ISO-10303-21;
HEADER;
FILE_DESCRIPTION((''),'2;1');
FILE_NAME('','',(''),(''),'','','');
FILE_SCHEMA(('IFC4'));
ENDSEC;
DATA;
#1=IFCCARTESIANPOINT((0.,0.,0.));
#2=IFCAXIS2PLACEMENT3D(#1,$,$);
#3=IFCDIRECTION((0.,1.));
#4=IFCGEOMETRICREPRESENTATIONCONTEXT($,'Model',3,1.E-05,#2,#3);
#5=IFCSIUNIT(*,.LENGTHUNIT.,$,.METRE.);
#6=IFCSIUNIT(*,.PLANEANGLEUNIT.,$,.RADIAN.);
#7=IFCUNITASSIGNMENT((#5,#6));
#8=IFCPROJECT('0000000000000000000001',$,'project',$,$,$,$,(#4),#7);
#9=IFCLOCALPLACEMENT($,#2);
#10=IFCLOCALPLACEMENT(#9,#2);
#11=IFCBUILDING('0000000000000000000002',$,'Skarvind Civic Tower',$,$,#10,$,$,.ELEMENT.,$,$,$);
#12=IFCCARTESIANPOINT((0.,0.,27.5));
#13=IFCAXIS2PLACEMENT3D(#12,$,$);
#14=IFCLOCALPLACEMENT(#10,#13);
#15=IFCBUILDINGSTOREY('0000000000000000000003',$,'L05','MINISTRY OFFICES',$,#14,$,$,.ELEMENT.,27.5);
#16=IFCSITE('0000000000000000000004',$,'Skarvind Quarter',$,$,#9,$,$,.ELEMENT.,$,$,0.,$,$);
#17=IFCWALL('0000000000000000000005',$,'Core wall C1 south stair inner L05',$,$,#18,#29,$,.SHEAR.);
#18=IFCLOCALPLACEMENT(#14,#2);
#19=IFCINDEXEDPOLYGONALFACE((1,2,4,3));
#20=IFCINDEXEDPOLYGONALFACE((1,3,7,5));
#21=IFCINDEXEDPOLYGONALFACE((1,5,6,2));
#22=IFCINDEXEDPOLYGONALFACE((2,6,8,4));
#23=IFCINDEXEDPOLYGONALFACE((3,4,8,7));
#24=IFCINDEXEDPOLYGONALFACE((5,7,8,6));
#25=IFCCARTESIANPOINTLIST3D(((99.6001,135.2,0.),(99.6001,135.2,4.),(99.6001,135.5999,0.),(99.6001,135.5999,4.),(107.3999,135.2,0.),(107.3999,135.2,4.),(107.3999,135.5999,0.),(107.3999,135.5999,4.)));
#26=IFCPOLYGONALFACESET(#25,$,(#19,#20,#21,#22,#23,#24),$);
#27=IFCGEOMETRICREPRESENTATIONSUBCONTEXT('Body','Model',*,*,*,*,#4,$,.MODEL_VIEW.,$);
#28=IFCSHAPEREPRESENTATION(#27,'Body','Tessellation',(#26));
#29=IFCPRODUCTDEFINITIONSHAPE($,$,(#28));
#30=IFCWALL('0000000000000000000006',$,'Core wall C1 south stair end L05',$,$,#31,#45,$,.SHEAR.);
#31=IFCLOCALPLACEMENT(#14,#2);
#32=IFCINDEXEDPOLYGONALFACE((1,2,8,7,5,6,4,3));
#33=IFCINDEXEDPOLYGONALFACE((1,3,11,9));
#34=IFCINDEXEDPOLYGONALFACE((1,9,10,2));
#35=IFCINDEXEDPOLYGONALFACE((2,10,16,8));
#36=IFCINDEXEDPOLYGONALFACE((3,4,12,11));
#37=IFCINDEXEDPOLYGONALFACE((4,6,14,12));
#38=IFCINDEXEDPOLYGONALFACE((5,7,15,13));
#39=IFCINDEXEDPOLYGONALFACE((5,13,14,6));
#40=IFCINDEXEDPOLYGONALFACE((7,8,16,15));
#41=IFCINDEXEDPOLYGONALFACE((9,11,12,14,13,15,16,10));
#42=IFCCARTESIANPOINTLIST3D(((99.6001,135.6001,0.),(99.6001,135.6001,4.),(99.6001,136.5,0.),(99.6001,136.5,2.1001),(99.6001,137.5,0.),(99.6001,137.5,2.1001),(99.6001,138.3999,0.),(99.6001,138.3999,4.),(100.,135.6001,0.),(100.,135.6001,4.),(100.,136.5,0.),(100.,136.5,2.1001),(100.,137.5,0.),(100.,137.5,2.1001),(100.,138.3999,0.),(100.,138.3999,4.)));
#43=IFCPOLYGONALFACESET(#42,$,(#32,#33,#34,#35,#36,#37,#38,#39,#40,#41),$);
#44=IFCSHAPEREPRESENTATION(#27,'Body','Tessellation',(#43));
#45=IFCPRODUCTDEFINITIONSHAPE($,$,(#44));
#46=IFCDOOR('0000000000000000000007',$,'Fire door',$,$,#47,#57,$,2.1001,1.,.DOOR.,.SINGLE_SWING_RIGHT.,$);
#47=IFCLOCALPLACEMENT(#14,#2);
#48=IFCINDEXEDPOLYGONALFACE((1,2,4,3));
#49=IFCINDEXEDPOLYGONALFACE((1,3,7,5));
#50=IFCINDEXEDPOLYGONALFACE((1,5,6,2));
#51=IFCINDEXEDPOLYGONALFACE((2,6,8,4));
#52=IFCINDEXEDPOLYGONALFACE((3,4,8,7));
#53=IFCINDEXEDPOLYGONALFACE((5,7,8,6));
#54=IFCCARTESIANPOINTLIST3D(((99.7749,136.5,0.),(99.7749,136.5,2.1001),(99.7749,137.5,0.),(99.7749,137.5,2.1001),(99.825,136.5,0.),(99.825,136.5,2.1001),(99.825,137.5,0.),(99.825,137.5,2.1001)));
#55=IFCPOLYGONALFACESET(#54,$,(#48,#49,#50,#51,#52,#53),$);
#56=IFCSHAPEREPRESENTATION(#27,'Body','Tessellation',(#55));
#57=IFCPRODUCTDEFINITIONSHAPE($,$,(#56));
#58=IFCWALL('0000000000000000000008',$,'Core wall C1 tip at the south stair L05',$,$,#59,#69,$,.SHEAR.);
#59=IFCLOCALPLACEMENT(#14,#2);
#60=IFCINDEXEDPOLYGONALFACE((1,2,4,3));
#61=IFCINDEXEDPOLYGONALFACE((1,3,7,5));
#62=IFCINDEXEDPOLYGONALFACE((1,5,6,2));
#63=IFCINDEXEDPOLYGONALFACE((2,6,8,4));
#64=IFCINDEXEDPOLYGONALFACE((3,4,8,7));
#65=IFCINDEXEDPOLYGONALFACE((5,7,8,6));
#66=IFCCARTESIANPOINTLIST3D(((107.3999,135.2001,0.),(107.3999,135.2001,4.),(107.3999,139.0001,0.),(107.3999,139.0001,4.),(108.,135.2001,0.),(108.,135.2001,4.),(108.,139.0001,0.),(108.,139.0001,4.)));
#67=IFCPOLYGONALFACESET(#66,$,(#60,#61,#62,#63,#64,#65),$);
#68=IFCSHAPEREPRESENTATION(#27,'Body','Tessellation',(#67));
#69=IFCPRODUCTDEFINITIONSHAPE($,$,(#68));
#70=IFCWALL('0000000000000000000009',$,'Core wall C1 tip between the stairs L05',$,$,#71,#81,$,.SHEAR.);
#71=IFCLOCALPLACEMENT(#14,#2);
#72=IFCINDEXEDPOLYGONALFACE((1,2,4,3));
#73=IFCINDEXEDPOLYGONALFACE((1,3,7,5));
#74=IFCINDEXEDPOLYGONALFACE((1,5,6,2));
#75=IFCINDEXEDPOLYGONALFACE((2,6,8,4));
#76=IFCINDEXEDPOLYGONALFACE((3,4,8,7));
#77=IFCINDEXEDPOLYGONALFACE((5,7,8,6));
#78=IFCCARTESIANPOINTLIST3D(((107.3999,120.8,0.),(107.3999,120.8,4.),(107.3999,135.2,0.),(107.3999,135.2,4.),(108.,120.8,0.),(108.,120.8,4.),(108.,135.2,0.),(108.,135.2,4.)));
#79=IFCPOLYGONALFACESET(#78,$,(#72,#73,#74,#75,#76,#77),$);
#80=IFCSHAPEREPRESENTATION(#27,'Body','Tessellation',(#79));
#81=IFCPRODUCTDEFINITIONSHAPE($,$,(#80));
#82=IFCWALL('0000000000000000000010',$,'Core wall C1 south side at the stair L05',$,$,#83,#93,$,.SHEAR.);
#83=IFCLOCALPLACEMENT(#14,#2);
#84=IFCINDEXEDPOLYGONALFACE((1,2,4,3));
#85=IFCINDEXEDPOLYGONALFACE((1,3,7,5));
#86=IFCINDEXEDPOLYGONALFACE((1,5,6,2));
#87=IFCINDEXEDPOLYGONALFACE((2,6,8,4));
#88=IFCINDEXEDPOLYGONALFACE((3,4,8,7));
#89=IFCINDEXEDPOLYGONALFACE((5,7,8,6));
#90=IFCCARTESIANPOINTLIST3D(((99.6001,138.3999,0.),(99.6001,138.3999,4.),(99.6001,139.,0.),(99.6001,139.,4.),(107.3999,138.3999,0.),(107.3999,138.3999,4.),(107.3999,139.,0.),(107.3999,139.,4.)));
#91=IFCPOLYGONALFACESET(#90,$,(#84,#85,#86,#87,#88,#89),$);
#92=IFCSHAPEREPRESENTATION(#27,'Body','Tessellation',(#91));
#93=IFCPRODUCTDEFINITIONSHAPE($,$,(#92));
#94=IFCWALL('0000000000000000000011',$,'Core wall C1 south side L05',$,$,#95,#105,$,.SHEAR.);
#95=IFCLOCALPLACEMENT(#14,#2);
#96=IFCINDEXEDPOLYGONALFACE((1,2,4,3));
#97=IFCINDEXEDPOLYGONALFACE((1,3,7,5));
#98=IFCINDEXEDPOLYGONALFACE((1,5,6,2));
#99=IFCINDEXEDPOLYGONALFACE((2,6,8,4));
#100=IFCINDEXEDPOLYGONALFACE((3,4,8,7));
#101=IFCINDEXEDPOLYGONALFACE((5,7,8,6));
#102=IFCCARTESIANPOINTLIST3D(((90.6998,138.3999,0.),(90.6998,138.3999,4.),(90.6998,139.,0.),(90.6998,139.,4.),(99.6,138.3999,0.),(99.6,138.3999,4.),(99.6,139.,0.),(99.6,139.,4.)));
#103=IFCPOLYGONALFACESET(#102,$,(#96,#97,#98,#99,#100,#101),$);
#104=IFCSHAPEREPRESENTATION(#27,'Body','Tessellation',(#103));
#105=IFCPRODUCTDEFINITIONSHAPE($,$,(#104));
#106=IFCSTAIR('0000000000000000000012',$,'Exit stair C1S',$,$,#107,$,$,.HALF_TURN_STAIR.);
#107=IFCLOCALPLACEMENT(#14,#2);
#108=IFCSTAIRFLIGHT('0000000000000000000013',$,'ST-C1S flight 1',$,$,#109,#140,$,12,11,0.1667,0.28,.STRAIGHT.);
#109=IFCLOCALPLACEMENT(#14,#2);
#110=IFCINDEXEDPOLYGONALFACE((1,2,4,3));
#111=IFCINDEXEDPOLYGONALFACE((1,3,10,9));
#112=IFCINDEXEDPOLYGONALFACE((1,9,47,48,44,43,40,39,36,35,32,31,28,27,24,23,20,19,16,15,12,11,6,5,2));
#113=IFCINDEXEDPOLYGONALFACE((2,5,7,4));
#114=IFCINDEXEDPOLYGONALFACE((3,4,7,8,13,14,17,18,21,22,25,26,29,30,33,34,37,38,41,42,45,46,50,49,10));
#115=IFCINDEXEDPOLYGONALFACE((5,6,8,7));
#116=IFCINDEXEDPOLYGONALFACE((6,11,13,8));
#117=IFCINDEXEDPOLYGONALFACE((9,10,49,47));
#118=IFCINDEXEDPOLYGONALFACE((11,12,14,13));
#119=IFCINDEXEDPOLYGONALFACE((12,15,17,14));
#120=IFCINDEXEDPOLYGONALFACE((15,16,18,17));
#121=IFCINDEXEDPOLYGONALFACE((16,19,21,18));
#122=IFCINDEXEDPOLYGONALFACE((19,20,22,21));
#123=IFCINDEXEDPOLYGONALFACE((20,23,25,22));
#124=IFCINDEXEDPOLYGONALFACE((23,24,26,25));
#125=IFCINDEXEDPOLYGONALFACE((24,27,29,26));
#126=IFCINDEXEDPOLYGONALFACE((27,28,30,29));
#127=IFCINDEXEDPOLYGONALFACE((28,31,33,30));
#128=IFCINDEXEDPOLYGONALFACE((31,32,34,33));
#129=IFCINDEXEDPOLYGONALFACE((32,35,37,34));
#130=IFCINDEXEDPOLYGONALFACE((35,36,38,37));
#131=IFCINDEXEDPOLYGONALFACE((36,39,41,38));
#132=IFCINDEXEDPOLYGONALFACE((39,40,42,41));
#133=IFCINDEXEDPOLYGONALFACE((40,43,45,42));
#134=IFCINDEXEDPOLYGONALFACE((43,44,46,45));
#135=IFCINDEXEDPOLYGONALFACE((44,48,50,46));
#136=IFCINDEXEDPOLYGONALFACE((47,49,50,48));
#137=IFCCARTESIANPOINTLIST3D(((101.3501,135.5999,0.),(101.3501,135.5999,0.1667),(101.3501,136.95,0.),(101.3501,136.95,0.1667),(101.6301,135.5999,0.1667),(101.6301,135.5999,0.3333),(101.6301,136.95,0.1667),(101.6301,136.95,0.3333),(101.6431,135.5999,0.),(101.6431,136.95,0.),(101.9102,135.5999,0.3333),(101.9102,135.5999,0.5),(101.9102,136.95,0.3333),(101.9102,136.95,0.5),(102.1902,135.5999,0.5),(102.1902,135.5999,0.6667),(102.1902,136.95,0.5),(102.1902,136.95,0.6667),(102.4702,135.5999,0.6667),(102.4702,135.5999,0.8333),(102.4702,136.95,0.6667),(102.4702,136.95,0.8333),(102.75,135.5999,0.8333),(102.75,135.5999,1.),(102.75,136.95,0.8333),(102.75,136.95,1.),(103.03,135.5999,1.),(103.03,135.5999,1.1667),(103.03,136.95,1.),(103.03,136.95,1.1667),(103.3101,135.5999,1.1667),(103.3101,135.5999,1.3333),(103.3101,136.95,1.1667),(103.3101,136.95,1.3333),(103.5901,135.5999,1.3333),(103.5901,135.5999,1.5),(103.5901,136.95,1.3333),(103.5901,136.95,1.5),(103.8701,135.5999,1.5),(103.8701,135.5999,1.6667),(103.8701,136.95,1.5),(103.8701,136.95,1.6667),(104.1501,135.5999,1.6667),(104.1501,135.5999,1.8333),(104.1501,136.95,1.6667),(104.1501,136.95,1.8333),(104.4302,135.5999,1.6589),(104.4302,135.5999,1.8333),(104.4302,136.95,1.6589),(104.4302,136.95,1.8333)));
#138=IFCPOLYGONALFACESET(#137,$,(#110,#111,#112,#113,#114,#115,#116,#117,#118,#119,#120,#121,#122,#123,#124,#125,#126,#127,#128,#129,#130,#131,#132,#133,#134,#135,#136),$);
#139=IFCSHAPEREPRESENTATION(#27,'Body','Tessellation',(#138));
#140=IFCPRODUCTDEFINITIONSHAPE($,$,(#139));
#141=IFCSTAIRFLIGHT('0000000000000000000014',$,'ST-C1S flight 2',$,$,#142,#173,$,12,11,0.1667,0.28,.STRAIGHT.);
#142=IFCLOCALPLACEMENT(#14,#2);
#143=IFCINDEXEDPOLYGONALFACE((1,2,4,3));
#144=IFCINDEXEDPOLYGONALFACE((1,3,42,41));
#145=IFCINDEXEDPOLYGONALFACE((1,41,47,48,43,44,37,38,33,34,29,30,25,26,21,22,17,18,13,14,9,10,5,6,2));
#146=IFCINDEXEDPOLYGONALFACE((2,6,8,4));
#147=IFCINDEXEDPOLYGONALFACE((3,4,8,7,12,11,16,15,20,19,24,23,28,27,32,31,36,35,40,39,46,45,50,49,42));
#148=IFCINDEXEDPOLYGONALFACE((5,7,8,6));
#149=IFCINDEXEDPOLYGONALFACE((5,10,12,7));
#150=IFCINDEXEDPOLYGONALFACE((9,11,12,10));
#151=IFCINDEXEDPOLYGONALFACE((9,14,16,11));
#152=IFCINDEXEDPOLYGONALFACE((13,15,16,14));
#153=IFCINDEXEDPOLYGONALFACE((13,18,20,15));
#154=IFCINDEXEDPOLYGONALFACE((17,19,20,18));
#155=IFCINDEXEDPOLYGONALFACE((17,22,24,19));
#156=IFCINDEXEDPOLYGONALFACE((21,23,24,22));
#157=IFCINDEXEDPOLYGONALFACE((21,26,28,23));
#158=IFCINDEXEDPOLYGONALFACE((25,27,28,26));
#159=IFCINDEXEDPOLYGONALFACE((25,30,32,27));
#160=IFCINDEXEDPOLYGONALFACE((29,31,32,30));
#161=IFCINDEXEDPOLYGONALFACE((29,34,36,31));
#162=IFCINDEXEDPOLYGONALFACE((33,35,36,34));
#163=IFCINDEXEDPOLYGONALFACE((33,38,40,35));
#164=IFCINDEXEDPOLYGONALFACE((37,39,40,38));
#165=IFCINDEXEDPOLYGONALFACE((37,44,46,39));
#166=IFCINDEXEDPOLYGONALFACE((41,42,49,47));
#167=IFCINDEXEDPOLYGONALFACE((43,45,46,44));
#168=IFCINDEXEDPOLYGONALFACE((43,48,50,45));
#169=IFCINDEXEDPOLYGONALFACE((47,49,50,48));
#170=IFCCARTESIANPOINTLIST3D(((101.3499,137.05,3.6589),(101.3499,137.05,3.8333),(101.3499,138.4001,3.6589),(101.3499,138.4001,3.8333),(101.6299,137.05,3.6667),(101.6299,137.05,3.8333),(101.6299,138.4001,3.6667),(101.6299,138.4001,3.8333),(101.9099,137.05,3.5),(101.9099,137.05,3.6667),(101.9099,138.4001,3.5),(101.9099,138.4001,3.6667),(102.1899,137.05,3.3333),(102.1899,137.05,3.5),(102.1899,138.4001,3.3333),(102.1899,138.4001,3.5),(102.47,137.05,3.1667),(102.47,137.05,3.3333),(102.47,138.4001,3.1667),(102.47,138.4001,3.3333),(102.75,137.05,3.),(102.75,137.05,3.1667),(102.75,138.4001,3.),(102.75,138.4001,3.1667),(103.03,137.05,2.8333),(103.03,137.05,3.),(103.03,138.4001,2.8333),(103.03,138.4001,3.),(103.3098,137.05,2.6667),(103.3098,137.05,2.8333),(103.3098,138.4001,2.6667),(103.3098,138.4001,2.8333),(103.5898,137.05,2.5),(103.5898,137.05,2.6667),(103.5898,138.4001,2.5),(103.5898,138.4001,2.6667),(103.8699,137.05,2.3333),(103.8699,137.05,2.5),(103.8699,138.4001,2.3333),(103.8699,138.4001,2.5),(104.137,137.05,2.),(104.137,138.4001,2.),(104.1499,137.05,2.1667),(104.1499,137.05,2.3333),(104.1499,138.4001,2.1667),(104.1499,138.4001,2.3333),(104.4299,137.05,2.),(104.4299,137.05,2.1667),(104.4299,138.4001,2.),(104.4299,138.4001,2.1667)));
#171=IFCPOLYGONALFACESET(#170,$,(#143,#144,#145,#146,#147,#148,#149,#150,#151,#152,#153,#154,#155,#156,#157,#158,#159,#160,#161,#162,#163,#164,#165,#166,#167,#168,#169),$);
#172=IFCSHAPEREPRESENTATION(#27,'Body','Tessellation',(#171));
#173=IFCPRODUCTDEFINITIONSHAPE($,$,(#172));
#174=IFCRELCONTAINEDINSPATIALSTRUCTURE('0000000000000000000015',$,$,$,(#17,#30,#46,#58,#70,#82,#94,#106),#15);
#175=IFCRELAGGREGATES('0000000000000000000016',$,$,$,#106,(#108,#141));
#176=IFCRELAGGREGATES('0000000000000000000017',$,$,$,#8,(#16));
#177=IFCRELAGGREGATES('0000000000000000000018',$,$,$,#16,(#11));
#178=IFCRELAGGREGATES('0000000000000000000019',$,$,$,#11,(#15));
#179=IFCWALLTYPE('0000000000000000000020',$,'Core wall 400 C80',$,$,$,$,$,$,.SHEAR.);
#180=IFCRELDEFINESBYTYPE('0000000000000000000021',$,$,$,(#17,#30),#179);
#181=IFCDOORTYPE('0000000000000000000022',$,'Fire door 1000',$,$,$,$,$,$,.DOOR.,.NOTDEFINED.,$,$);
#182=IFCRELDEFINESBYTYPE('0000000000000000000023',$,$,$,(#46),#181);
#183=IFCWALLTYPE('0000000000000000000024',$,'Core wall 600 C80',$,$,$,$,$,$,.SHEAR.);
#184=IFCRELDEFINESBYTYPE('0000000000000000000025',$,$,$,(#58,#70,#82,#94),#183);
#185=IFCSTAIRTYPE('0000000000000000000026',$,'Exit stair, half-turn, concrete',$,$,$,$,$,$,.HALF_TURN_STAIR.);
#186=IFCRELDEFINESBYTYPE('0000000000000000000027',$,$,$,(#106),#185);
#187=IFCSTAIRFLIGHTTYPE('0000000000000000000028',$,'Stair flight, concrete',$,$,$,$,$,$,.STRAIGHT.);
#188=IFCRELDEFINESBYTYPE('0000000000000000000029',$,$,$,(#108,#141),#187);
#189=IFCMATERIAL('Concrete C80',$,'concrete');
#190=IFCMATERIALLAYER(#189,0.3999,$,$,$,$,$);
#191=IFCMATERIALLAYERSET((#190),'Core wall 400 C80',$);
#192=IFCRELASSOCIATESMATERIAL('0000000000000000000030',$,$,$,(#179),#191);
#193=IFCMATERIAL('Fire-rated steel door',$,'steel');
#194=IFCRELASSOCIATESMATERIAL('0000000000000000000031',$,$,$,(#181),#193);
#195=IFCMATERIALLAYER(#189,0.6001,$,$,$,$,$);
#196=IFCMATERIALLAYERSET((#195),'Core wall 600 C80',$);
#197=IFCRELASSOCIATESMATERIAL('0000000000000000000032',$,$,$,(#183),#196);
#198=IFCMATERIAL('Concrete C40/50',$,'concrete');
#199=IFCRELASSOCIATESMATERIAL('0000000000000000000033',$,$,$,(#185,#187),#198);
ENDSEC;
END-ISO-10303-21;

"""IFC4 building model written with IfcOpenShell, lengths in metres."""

from ifc_helpers import new_model, si_unit, direction, frame, frame_2d, origin, place, context, subcontext, project, spatial, polyline, rectangle, outline, extrude, material, layer, layer_set, type_object, element, fill, aggregate, save


model = new_model("IFC4")

# Units and contexts
model_context = context("Model", 3, precision=1e-05, world=origin(), true_north=direction((0.0, 1.0)))
body_context = subcontext(model_context, "Body", "Model", "MODEL_VIEW")
ifc_project = project(units=[si_unit("LENGTHUNIT", "METRE"), si_unit("PLANEANGLEUNIT", "RADIAN")], contexts=[model_context])

# Site, building, storey
site_placement = place(None, origin())
site = spatial("IfcSite", under=ifc_project, at=site_placement, Name="Skarvind Quarter", CompositionType="ELEMENT", RefElevation=0.0)
building_placement = place(site_placement, origin())
building = spatial("IfcBuilding", under=site, at=building_placement, Name="Skarvind Civic Tower", CompositionType="ELEMENT")
storey_placement = place(building_placement, frame((0.0, 0.0, 27.5)))
storey = spatial("IfcBuildingStorey", under=building, at=storey_placement, Name="L05", Description="MINISTRY OFFICES", CompositionType="ELEMENT", Elevation=27.5)

# Wall
ifc_material_1 = material(Name="Concrete C80", Category="concrete")
ifc_layer_1 = layer(ifc_material_1, 0.3999)
ifc_layer_set_1 = layer_set([ifc_layer_1], Name="Core wall 400 C80")
wall_type_1 = type_object("IfcWallType", Name="Core wall 400 C80", PredefinedType="SHEAR", material=ifc_layer_set_1)
wall_1_placement = place(storey_placement, frame((107.3999, 135.3999, 0.0), z_axis=(0.0, 0.0, 1.0), x_axis=(-1.0, 0.0, 0.0)))
element("IfcWall", 1, at=wall_1_placement, inside=storey, type_object=wall_type_1, Name="Core wall C1 south stair inner L05", PredefinedType="SHEAR", context=body_context, shape_type="SweptSolid", body=[
    extrude(rectangle(XDim=7.7998, YDim=0.3999, at=frame_2d((3.8999, 0.0))), origin(), (0.0, 0.0, 1.0), 4.0),
])

# Wall, opening, door
wall_2_placement = place(storey_placement, frame((99.8, 138.3999, 0.0), z_axis=(0.0, 0.0, 1.0), x_axis=(0.0, -1.0, 0.0)))
wall_2 = element("IfcWall", 2, at=wall_2_placement, inside=storey, type_object=wall_type_1, Name="Core wall C1 south stair end L05", PredefinedType="SHEAR", context=body_context, shape_type="SweptSolid", body=[
    extrude(rectangle(XDim=2.7998, YDim=0.3999, at=frame_2d((1.3999, 0.0))), origin(), (0.0, 0.0, 1.0), 4.0),
])
opening_placement = place(wall_2_placement, frame((0.8999, 0.0, 0.0)))
opening = element("IfcOpeningElement", 3, at=opening_placement, cuts=wall_2, PredefinedType="OPENING", context=body_context, shape_type="SweptSolid", body=[
    extrude(rectangle(XDim=1.0, YDim=2.1001, at=frame_2d((0.5, 1.05))), frame((0.0, 0.21, 0.0), z_axis=(0.0, -1.0, 0.0), x_axis=(1.0, 0.0, 0.0)), (0.0, 0.0, 1.0), 0.4199),
])
ifc_material_2 = material(Name="Fire-rated steel door", Category="steel")
door_type = type_object("IfcDoorType", Name="Fire door 1000", OperationType="NOTDEFINED", PredefinedType="DOOR", material=ifc_material_2)
door_placement = place(opening_placement, origin())
door = element("IfcDoor", 4, at=door_placement, inside=storey, type_object=door_type, Name="Fire door", OperationType="SINGLE_SWING_RIGHT", OverallHeight=2.1001, OverallWidth=1.0, PredefinedType="DOOR", context=body_context, shape_type="SweptSolid", body=[
    extrude(rectangle(XDim=1.0, YDim=2.1001, at=frame_2d((0.5, 1.05))), frame((0.0, 0.0249, 0.0), z_axis=(0.0, -1.0, 0.0), x_axis=(1.0, 0.0, 0.0)), (0.0, 0.0, 1.0), 0.05),
])
fill(opening, door)

# Walls
ifc_layer_2 = layer(ifc_material_1, 0.6001)
ifc_layer_set_2 = layer_set([ifc_layer_2], Name="Core wall 600 C80")
wall_type_2 = type_object("IfcWallType", Name="Core wall 600 C80", PredefinedType="SHEAR", material=ifc_layer_set_2)
wall_3_placement = place(storey_placement, frame((107.7, 139.0, 0.0), z_axis=(0.0, 0.0, 1.0), x_axis=(0.0, -1.0, 0.0)))
element("IfcWall", 5, at=wall_3_placement, inside=storey, type_object=wall_type_2, Name="Core wall C1 tip at the south stair L05", PredefinedType="SHEAR", context=body_context, shape_type="SweptSolid", body=[
    extrude(rectangle(XDim=3.8, YDim=0.6001, at=frame_2d((1.8999, 0.0))), origin(), (0.0, 0.0, 1.0), 4.0),
])
wall_4_placement = place(storey_placement, frame((107.7, 135.2, 0.0), z_axis=(0.0, 0.0, 1.0), x_axis=(0.0, -1.0, 0.0)))
element("IfcWall", 6, at=wall_4_placement, inside=storey, type_object=wall_type_2, Name="Core wall C1 tip between the stairs L05", PredefinedType="SHEAR", context=body_context, shape_type="SweptSolid", body=[
    extrude(rectangle(XDim=14.3999, YDim=0.6001, at=frame_2d((7.2, 0.0))), origin(), (0.0, 0.0, 1.0), 4.0),
])
wall_5_placement = place(storey_placement, frame((107.3999, 138.7, 0.0), z_axis=(0.0, 0.0, 1.0), x_axis=(-1.0, 0.0, 0.0)))
element("IfcWall", 7, at=wall_5_placement, inside=storey, type_object=wall_type_2, Name="Core wall C1 south side at the stair L05", PredefinedType="SHEAR", context=body_context, shape_type="SweptSolid", body=[
    extrude(rectangle(XDim=7.7998, YDim=0.6001, at=frame_2d((3.8999, 0.0))), origin(), (0.0, 0.0, 1.0), 4.0),
])
wall_6_placement = place(storey_placement, frame((99.6001, 138.7, 0.0), z_axis=(0.0, 0.0, 1.0), x_axis=(-1.0, 0.0, 0.0)))
element("IfcWall", 8, at=wall_6_placement, inside=storey, type_object=wall_type_2, Name="Core wall C1 south side L05", PredefinedType="SHEAR", context=body_context, shape_type="SweptSolid", body=[
    extrude(rectangle(XDim=8.9001, YDim=0.6001, at=frame_2d((4.4502, 0.0))), origin(), (0.0, 0.0, 1.0), 4.0),
])

# Stair, stair flights
ifc_material_3 = material(Name="Concrete C40/50", Category="concrete")
stair_type = type_object("IfcStairType", Name="Exit stair, half-turn, concrete", PredefinedType="HALF_TURN_STAIR", material=ifc_material_3)
stair_placement = place(storey_placement, origin())
stair = element("IfcStair", 9, at=stair_placement, inside=storey, type_object=stair_type, Name="Exit stair C1S", PredefinedType="HALF_TURN_STAIR")
stair_flight_type = type_object("IfcStairFlightType", Name="Stair flight, concrete", PredefinedType="STRAIGHT", material=ifc_material_3)
stair_flight_1_placement = place(storey_placement, frame((101.3501, 136.2749, 0.0), z_axis=(0.0, 0.0, 1.0), x_axis=(1.0, 0.0, 0.0)))
stair_flight_1 = element("IfcStairFlight", 10, at=stair_flight_1_placement, type_object=stair_flight_type, Name="ST-C1S flight 1", NumberOfRisers=12, NumberOfTreads=11, PredefinedType="STRAIGHT", RiserHeight=0.1667, TreadLength=0.28, context=body_context, shape_type="SweptSolid", body=[
    extrude(outline(polyline([(0.0, 0.0), (0.0, 0.1667), (0.28, 0.1667), (0.28, 0.3333), (0.5601, 0.3333), (0.5601, 0.5), (0.8401, 0.5), (0.8401, 0.6667), (1.1201, 0.6667), (1.1201, 0.8333), (1.3999, 0.8333), (1.3999, 1.0), (1.6799, 1.0), (1.6799, 1.1667), (1.96, 1.1667), (1.96, 1.3333), (2.24, 1.3333), (2.24, 1.5), (2.52, 1.5), (2.52, 1.6667), (2.8, 1.6667), (2.8, 1.8333), (3.0801, 1.8333), (3.0801, 2.0), (3.0801, 1.6589), (0.293, 0.0), (0.0, 0.0)])), frame((0.0, 0.675, 0.0), z_axis=(0.0, -1.0, 0.0), x_axis=(1.0, 0.0, 0.0)), (0.0, 0.0, 1.0), 1.3501),
])
stair_flight_2_placement = place(storey_placement, frame((104.4299, 137.7251, 2.0), z_axis=(0.0, 0.0, 1.0), x_axis=(-1.0, 0.0, 0.0)))
stair_flight_2 = element("IfcStairFlight", 11, at=stair_flight_2_placement, type_object=stair_flight_type, Name="ST-C1S flight 2", NumberOfRisers=12, NumberOfTreads=11, PredefinedType="STRAIGHT", RiserHeight=0.1667, TreadLength=0.28, context=body_context, shape_type="SweptSolid", body=[
    extrude(outline(polyline([(0.0, 0.0), (0.0, 0.1667), (0.28, 0.1667), (0.28, 0.3333), (0.5601, 0.3333), (0.5601, 0.5), (0.8401, 0.5), (0.8401, 0.6667), (1.1201, 0.6667), (1.1201, 0.8333), (1.3999, 0.8333), (1.3999, 1.0), (1.6799, 1.0), (1.6799, 1.1667), (1.96, 1.1667), (1.96, 1.3333), (2.24, 1.3333), (2.24, 1.5), (2.52, 1.5), (2.52, 1.6667), (2.8, 1.6667), (2.8, 1.8333), (3.0801, 1.8333), (3.0801, 2.0), (3.0801, 1.6589), (0.293, 0.0), (0.0, 0.0)])), frame((0.0, 0.675, 0.0), z_axis=(0.0, -1.0, 0.0), x_axis=(1.0, 0.0, 0.0)), (0.0, 0.0, 1.0), 1.3501),
])
aggregate(stair, [stair_flight_1, stair_flight_2])

save(model, "model.ifc")
